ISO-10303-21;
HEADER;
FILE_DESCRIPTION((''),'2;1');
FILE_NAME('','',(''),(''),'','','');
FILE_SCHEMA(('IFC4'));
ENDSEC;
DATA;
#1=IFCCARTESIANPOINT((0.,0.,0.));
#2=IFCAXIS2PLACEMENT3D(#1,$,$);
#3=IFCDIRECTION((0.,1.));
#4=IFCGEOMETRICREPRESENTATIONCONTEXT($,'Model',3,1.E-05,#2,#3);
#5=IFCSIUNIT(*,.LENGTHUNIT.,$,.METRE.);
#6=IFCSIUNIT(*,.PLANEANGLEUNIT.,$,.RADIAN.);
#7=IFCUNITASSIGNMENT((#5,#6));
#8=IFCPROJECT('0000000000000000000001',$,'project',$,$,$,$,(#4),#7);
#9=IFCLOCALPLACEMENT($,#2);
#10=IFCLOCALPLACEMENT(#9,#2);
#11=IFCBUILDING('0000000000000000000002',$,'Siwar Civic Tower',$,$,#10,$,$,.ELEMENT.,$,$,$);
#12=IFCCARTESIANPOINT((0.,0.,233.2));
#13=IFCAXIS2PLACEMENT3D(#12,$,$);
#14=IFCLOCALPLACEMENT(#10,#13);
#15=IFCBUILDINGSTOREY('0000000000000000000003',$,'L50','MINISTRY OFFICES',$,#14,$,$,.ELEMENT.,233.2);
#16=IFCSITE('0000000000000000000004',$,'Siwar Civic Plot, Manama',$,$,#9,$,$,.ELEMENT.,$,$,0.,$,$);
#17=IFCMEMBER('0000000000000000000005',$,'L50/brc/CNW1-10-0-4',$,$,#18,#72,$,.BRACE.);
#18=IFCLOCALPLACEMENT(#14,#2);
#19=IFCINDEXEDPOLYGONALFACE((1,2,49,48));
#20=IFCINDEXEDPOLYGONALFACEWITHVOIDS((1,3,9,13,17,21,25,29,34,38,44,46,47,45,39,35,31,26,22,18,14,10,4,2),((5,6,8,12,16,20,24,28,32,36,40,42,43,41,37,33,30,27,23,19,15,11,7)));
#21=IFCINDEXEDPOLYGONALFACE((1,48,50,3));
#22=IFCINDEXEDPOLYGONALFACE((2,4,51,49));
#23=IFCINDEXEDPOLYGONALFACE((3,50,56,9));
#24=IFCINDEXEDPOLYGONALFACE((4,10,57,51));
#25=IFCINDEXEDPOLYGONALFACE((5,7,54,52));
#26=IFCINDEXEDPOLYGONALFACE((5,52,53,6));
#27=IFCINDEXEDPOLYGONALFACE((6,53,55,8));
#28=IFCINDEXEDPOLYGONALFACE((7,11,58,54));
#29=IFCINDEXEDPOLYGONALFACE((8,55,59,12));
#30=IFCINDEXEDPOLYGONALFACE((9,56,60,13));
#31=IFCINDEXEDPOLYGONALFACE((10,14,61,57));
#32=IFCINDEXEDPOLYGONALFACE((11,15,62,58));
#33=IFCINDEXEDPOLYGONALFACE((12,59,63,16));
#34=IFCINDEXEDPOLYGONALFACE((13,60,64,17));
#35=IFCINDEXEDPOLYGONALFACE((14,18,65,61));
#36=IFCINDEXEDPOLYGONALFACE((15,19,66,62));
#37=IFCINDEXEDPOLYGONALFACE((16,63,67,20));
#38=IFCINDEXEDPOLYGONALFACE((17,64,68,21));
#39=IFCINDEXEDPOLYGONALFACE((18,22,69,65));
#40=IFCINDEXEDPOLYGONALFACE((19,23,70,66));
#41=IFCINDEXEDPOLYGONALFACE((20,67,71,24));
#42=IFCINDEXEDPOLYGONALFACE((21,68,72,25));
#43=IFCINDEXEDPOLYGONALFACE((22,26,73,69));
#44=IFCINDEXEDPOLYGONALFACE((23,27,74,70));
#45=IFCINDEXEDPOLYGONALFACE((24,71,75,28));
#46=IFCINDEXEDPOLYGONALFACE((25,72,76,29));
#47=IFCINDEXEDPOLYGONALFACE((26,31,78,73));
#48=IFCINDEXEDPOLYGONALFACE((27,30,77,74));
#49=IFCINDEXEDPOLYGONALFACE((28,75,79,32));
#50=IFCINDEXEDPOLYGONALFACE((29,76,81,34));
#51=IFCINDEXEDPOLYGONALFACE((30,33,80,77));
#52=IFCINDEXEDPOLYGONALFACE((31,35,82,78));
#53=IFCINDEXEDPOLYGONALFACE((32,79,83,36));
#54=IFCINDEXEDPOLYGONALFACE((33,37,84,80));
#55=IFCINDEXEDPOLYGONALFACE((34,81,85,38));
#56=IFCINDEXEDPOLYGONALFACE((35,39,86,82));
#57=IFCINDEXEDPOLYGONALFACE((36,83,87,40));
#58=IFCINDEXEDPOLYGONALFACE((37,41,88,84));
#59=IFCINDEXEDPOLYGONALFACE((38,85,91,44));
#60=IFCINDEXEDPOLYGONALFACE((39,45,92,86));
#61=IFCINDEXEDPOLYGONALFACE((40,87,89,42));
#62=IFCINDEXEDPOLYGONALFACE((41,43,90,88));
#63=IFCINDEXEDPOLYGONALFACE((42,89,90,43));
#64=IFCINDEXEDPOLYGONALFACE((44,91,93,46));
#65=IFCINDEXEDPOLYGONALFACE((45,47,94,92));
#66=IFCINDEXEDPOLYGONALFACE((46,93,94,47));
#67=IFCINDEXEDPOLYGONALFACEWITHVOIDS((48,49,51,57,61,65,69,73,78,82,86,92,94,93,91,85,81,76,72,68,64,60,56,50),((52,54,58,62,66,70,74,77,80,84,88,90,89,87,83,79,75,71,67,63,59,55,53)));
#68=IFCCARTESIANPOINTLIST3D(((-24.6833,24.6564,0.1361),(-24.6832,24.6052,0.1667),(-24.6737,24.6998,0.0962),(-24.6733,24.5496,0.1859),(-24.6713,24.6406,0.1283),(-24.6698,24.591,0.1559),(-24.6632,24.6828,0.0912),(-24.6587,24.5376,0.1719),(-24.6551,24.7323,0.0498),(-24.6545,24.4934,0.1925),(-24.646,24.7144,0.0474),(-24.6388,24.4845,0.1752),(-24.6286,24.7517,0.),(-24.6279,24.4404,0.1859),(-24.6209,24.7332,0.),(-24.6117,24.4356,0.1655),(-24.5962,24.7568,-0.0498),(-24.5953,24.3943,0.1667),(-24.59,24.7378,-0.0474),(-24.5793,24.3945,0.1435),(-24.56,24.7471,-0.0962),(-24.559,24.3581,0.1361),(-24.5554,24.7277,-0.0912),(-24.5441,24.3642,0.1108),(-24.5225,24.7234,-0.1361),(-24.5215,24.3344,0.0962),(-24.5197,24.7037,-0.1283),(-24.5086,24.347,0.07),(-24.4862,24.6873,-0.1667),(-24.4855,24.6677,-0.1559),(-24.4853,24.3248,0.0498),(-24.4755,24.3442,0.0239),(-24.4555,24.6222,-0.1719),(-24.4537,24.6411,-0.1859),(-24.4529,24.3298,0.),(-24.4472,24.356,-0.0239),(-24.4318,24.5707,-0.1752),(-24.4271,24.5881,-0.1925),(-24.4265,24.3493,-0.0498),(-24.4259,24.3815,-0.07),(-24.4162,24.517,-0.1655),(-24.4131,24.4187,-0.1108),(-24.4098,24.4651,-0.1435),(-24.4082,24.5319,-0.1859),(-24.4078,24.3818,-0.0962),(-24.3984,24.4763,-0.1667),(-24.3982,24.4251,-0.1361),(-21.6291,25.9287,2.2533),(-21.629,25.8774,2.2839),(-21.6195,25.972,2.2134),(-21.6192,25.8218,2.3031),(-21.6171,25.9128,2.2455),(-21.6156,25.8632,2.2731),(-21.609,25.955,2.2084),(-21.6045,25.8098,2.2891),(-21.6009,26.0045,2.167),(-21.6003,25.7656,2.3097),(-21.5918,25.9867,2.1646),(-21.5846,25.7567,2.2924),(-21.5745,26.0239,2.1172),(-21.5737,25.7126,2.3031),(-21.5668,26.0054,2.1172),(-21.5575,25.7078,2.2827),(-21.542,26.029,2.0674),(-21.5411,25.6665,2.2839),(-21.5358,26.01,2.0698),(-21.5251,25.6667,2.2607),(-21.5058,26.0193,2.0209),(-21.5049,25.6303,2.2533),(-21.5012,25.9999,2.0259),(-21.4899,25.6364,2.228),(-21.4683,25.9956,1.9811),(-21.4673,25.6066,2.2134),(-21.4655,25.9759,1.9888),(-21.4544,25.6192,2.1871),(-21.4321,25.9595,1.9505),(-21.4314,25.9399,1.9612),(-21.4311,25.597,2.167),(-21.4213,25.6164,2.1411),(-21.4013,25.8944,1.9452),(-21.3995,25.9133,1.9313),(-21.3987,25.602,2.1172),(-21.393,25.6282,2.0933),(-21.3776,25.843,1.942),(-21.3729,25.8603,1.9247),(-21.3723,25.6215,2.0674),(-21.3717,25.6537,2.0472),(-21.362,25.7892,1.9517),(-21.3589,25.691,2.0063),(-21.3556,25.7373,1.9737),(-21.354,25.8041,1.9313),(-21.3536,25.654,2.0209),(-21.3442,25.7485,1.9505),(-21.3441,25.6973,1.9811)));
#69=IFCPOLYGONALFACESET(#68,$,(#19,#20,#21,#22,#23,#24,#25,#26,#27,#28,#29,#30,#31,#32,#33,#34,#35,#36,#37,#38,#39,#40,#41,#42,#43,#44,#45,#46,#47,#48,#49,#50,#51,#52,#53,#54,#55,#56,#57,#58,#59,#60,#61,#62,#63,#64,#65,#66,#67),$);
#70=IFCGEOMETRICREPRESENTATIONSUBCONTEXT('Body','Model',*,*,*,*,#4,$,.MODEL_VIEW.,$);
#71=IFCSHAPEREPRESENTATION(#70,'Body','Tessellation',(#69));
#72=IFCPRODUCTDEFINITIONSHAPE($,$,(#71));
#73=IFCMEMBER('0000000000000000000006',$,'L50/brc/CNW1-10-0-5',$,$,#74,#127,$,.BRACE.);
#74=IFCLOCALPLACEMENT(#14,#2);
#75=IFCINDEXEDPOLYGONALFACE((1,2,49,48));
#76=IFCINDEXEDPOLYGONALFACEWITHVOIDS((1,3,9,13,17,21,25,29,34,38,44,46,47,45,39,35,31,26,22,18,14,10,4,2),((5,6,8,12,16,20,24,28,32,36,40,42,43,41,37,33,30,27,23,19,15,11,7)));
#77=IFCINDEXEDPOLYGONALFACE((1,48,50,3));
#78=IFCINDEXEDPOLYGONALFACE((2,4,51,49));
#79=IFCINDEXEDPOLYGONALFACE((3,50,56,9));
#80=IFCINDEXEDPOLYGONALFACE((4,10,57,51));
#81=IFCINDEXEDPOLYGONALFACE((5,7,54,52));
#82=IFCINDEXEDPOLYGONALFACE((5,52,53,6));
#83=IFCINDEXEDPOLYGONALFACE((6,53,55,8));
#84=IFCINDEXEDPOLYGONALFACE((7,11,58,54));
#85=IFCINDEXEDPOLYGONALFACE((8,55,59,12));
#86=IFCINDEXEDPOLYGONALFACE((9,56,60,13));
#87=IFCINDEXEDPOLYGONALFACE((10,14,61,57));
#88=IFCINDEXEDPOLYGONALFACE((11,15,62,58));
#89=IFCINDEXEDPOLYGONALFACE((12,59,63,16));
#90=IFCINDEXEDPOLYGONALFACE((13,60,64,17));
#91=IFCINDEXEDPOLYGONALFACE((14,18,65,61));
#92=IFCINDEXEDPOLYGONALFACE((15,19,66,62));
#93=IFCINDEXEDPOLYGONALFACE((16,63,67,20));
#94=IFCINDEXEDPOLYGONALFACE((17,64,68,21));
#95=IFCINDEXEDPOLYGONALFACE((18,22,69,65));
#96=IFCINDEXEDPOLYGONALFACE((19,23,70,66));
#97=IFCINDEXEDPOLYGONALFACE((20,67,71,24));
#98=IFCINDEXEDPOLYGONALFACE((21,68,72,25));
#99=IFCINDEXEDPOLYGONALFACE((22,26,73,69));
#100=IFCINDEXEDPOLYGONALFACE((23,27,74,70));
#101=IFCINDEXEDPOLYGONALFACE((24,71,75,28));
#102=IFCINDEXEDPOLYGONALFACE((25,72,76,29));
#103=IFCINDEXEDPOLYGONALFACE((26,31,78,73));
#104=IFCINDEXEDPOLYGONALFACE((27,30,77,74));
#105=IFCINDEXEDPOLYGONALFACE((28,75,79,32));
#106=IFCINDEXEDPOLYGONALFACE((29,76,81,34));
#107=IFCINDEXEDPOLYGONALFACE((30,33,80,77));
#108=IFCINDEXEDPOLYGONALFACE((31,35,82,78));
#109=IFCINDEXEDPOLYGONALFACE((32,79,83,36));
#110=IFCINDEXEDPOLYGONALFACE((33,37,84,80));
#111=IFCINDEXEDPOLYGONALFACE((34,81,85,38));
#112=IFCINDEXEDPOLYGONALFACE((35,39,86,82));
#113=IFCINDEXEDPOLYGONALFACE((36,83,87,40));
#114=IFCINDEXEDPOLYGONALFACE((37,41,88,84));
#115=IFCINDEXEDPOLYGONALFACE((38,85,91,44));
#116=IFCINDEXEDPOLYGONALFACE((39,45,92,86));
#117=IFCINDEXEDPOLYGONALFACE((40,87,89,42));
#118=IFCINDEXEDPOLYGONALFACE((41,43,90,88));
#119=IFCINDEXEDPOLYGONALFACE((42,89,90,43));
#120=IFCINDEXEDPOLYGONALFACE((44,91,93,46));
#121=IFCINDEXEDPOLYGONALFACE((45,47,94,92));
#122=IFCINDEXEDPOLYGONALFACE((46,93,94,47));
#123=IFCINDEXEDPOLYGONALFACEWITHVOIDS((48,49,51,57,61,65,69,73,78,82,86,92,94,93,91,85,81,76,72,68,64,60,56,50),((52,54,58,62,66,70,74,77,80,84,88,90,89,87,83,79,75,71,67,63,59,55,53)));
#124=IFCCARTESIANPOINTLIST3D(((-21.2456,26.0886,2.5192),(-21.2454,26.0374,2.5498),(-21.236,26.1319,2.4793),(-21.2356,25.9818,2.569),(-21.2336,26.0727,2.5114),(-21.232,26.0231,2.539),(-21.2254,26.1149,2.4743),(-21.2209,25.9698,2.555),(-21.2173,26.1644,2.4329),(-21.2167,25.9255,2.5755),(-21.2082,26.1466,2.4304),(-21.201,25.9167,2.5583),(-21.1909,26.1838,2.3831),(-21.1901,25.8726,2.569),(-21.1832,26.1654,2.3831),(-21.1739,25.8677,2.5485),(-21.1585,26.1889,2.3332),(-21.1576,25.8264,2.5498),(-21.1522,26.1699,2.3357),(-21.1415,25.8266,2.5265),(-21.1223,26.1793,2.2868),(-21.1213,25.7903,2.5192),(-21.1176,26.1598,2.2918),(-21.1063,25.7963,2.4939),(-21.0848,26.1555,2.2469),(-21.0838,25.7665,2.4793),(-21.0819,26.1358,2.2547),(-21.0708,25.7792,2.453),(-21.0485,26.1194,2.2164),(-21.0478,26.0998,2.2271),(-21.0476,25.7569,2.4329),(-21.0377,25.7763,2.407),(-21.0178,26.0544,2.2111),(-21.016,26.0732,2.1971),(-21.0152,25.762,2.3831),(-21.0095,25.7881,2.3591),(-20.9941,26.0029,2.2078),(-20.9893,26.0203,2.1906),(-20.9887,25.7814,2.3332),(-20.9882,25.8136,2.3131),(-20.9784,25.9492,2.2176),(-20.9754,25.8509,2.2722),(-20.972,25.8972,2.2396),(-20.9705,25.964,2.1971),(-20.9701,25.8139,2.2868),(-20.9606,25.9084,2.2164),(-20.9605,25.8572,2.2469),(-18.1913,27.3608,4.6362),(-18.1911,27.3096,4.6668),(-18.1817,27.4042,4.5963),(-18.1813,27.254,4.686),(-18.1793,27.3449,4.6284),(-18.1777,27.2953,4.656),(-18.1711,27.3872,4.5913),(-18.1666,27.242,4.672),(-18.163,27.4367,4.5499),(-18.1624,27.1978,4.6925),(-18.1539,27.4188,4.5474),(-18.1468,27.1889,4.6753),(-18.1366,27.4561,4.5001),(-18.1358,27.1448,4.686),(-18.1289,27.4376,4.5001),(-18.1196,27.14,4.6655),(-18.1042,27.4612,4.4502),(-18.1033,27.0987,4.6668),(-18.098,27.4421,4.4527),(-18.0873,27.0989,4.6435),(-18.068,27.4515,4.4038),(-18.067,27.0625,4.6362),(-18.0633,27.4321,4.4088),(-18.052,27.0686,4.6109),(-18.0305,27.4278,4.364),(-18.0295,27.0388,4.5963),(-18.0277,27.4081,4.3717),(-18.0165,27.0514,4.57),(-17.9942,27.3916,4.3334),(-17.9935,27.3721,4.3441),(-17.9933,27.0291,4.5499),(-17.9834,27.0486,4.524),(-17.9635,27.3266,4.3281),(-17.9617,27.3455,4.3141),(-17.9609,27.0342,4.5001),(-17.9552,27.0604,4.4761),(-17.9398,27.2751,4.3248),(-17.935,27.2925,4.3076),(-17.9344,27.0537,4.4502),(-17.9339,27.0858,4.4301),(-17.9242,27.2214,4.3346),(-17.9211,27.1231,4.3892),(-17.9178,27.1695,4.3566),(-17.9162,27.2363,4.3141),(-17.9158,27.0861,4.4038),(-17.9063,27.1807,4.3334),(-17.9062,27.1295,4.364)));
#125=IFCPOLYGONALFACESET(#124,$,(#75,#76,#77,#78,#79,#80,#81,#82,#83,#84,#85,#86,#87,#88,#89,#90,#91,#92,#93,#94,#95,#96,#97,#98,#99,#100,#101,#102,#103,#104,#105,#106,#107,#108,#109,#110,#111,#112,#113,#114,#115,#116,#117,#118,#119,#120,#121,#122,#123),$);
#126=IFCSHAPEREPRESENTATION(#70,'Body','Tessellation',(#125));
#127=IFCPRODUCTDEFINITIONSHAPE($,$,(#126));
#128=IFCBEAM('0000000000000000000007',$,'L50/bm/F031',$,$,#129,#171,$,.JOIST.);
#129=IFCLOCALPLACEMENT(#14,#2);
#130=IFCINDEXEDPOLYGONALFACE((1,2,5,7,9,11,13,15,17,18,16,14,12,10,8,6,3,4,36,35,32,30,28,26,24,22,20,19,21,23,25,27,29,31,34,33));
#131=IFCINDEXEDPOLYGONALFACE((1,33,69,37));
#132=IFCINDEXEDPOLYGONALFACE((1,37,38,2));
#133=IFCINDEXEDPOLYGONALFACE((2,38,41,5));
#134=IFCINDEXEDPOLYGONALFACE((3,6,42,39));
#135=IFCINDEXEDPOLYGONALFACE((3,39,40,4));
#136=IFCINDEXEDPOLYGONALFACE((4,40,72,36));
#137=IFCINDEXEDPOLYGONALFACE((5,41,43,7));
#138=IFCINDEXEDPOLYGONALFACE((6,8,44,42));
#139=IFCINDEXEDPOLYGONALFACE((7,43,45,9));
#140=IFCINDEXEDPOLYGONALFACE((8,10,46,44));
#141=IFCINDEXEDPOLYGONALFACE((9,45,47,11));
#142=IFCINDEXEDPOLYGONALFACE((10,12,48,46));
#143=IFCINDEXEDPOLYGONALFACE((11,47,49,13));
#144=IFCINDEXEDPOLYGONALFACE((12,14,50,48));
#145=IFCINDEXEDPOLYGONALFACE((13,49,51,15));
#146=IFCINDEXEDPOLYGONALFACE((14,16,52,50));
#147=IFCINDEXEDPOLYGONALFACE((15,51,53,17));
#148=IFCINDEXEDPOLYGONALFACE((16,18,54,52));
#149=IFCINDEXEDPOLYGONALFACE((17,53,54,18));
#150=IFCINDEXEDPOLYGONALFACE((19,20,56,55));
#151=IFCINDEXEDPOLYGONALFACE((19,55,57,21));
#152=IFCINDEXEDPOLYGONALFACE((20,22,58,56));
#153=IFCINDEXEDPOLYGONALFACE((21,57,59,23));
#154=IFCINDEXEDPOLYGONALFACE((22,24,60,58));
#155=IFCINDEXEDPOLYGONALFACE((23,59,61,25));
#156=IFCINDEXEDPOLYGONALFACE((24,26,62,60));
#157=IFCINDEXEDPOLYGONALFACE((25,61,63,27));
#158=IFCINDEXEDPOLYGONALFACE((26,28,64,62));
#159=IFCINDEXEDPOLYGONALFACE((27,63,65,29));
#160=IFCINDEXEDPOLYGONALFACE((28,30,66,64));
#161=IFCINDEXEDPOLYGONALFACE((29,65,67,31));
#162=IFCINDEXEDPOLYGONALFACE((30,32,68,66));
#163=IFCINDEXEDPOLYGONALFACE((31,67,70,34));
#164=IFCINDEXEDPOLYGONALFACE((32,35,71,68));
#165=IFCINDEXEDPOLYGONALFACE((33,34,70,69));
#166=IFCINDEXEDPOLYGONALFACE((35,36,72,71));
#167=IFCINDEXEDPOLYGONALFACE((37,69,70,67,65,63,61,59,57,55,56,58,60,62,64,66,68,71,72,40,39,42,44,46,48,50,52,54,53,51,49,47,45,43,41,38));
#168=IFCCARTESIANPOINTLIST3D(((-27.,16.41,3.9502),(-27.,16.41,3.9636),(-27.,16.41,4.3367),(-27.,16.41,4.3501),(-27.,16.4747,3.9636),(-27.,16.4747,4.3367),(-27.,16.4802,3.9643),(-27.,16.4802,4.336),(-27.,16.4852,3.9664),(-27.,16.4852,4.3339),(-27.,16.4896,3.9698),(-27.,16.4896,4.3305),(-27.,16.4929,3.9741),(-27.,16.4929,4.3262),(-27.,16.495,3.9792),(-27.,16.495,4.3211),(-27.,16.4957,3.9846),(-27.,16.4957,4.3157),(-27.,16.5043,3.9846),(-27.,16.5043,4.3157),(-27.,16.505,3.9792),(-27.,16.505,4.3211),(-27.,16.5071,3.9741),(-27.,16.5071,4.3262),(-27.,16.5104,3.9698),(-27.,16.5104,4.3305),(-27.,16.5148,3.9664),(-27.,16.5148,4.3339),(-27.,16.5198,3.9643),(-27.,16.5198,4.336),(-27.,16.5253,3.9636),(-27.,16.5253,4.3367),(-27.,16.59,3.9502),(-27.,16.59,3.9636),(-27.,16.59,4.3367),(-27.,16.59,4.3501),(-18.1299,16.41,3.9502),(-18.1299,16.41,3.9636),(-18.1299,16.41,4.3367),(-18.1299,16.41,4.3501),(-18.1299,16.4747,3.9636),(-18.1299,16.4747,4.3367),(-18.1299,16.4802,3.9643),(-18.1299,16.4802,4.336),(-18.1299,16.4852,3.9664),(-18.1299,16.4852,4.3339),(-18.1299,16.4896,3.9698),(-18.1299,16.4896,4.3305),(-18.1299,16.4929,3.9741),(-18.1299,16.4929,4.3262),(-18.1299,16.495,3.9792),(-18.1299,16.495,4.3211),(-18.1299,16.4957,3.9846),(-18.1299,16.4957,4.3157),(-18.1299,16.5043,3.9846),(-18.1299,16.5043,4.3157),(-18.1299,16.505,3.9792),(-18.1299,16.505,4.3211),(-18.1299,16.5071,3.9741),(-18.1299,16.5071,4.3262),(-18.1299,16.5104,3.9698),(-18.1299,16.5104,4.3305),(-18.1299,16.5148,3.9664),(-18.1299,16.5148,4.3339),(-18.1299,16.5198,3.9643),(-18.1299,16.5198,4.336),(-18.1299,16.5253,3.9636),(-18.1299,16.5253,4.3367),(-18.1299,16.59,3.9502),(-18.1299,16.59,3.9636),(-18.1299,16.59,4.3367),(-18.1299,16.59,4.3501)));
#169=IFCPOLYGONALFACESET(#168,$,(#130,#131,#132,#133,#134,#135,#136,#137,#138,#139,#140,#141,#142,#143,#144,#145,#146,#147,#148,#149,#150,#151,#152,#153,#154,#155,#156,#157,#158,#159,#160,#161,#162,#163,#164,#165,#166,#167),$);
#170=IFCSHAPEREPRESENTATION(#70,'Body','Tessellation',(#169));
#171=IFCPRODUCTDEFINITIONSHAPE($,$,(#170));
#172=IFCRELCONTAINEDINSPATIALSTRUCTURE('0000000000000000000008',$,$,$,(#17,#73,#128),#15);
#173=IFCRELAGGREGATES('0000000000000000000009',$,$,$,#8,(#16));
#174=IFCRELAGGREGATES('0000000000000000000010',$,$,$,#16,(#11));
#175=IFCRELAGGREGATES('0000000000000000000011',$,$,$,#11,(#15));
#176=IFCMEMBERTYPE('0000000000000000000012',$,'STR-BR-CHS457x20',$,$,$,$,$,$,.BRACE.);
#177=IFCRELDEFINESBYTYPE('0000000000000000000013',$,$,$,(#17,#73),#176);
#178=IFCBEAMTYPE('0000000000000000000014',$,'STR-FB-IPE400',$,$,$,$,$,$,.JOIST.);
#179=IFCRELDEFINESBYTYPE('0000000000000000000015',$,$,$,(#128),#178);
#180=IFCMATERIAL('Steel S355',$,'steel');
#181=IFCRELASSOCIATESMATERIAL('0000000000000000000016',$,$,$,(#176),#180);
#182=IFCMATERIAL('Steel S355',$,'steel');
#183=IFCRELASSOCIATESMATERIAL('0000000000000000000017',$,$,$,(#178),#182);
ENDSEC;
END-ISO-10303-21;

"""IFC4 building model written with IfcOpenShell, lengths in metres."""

from ifc_helpers import new_model, si_unit, direction, frame, origin, origin_2d, place, context, subcontext, project, spatial, hollow_circle, i_section, extrude, material, material_profile, profile_set, type_object, element, save


model = new_model("IFC4")

# Units and contexts
model_context = context("Model", 3, precision=1e-05, world=origin(), true_north=direction((0.0, 1.0)))
body_context = subcontext(model_context, "Body", "Model", "MODEL_VIEW")
ifc_project = project(units=[si_unit("LENGTHUNIT", "METRE"), si_unit("PLANEANGLEUNIT", "RADIAN")], contexts=[model_context])

# Site, building, storey
site_placement = place(None, origin())
site = spatial("IfcSite", under=ifc_project, at=site_placement, Name="Siwar Civic Plot, Manama", CompositionType="ELEMENT", RefElevation=0.0)
building_placement = place(site_placement, origin())
building = spatial("IfcBuilding", under=site, at=building_placement, Name="Siwar Civic Tower", CompositionType="ELEMENT")
storey_placement = place(building_placement, frame((0.0, 0.0, 233.2)))
storey = spatial("IfcBuildingStorey", under=building, at=storey_placement, Name="L50", Description="MINISTRY OFFICES", CompositionType="ELEMENT", Elevation=233.2)

# Members
ifc_material_1 = material(Name="Steel S355", Category="steel")
ifc_material_profile_1 = material_profile(ifc_material_1, hollow_circle(Radius=0.2285, WallThickness=0.02, at=origin_2d()), Name="CHS457x20")
ifc_profile_set_1 = profile_set([ifc_material_profile_1], Name="Steel S355")
member_type_1 = type_object("IfcMemberType", Name="STR-BR-CHS457x20", PredefinedType="BRACE", material=ifc_profile_set_1)
for number, where, z_axis, x_axis, name in (
    (1, (-24.5408, 24.5408, 0.0), (0.777546, 0.323884, 0.538999), (-0.384521, 0.923116, 0.0), "L50/brc/CNW1-10-0-4"),
    (2, (-21.103, 25.9729, 2.3831), (0.777572, 0.323895, 0.538955), (-0.384521, 0.923116, 0.0), "L50/brc/CNW1-10-0-5"),
):
    element("IfcMember", number, at=place(storey_placement, frame(where, z_axis=z_axis, x_axis=x_axis)), inside=storey, type_object=member_type_1, Name=name, PredefinedType="BRACE", context=body_context, shape_type="SweptSolid", body=[
        extrude(hollow_circle(Radius=0.2285, WallThickness=0.02, at=origin_2d()), origin(), (0.0, 0.0, 1.0), 3.928),
    ])

# Beam
ifc_material_2 = material(Name="Steel S355", Category="steel")
ifc_material_profile_2 = material_profile(ifc_material_2, i_section(OverallWidth=0.1799, OverallDepth=0.3999, WebThickness=0.0085, FlangeThickness=0.0134, FilletRadius=0.021, at=origin_2d()), Name="IPE400")
ifc_profile_set_2 = profile_set([ifc_material_profile_2], Name="Steel S355")
beam_type_1 = type_object("IfcBeamType", Name="STR-FB-IPE400", PredefinedType="JOIST", material=ifc_profile_set_2)
beam_1_placement = place(storey_placement, frame((-27.0, 16.5, 4.1501), z_axis=(1.0, 0.0, 0.0), x_axis=(0.0, 1.0, 0.0)))
element("IfcBeam", 3, at=beam_1_placement, inside=storey, type_object=beam_type_1, Name="L50/bm/F031", PredefinedType="JOIST", context=body_context, shape_type="SweptSolid", body=[
    extrude(i_section(OverallWidth=0.1799, OverallDepth=0.3999, WebThickness=0.0085, FlangeThickness=0.0134, FilletRadius=0.021, at=origin_2d()), origin(), (0.0, 0.0, 1.0), 8.8701),
])

save(model, "model.ifc")
